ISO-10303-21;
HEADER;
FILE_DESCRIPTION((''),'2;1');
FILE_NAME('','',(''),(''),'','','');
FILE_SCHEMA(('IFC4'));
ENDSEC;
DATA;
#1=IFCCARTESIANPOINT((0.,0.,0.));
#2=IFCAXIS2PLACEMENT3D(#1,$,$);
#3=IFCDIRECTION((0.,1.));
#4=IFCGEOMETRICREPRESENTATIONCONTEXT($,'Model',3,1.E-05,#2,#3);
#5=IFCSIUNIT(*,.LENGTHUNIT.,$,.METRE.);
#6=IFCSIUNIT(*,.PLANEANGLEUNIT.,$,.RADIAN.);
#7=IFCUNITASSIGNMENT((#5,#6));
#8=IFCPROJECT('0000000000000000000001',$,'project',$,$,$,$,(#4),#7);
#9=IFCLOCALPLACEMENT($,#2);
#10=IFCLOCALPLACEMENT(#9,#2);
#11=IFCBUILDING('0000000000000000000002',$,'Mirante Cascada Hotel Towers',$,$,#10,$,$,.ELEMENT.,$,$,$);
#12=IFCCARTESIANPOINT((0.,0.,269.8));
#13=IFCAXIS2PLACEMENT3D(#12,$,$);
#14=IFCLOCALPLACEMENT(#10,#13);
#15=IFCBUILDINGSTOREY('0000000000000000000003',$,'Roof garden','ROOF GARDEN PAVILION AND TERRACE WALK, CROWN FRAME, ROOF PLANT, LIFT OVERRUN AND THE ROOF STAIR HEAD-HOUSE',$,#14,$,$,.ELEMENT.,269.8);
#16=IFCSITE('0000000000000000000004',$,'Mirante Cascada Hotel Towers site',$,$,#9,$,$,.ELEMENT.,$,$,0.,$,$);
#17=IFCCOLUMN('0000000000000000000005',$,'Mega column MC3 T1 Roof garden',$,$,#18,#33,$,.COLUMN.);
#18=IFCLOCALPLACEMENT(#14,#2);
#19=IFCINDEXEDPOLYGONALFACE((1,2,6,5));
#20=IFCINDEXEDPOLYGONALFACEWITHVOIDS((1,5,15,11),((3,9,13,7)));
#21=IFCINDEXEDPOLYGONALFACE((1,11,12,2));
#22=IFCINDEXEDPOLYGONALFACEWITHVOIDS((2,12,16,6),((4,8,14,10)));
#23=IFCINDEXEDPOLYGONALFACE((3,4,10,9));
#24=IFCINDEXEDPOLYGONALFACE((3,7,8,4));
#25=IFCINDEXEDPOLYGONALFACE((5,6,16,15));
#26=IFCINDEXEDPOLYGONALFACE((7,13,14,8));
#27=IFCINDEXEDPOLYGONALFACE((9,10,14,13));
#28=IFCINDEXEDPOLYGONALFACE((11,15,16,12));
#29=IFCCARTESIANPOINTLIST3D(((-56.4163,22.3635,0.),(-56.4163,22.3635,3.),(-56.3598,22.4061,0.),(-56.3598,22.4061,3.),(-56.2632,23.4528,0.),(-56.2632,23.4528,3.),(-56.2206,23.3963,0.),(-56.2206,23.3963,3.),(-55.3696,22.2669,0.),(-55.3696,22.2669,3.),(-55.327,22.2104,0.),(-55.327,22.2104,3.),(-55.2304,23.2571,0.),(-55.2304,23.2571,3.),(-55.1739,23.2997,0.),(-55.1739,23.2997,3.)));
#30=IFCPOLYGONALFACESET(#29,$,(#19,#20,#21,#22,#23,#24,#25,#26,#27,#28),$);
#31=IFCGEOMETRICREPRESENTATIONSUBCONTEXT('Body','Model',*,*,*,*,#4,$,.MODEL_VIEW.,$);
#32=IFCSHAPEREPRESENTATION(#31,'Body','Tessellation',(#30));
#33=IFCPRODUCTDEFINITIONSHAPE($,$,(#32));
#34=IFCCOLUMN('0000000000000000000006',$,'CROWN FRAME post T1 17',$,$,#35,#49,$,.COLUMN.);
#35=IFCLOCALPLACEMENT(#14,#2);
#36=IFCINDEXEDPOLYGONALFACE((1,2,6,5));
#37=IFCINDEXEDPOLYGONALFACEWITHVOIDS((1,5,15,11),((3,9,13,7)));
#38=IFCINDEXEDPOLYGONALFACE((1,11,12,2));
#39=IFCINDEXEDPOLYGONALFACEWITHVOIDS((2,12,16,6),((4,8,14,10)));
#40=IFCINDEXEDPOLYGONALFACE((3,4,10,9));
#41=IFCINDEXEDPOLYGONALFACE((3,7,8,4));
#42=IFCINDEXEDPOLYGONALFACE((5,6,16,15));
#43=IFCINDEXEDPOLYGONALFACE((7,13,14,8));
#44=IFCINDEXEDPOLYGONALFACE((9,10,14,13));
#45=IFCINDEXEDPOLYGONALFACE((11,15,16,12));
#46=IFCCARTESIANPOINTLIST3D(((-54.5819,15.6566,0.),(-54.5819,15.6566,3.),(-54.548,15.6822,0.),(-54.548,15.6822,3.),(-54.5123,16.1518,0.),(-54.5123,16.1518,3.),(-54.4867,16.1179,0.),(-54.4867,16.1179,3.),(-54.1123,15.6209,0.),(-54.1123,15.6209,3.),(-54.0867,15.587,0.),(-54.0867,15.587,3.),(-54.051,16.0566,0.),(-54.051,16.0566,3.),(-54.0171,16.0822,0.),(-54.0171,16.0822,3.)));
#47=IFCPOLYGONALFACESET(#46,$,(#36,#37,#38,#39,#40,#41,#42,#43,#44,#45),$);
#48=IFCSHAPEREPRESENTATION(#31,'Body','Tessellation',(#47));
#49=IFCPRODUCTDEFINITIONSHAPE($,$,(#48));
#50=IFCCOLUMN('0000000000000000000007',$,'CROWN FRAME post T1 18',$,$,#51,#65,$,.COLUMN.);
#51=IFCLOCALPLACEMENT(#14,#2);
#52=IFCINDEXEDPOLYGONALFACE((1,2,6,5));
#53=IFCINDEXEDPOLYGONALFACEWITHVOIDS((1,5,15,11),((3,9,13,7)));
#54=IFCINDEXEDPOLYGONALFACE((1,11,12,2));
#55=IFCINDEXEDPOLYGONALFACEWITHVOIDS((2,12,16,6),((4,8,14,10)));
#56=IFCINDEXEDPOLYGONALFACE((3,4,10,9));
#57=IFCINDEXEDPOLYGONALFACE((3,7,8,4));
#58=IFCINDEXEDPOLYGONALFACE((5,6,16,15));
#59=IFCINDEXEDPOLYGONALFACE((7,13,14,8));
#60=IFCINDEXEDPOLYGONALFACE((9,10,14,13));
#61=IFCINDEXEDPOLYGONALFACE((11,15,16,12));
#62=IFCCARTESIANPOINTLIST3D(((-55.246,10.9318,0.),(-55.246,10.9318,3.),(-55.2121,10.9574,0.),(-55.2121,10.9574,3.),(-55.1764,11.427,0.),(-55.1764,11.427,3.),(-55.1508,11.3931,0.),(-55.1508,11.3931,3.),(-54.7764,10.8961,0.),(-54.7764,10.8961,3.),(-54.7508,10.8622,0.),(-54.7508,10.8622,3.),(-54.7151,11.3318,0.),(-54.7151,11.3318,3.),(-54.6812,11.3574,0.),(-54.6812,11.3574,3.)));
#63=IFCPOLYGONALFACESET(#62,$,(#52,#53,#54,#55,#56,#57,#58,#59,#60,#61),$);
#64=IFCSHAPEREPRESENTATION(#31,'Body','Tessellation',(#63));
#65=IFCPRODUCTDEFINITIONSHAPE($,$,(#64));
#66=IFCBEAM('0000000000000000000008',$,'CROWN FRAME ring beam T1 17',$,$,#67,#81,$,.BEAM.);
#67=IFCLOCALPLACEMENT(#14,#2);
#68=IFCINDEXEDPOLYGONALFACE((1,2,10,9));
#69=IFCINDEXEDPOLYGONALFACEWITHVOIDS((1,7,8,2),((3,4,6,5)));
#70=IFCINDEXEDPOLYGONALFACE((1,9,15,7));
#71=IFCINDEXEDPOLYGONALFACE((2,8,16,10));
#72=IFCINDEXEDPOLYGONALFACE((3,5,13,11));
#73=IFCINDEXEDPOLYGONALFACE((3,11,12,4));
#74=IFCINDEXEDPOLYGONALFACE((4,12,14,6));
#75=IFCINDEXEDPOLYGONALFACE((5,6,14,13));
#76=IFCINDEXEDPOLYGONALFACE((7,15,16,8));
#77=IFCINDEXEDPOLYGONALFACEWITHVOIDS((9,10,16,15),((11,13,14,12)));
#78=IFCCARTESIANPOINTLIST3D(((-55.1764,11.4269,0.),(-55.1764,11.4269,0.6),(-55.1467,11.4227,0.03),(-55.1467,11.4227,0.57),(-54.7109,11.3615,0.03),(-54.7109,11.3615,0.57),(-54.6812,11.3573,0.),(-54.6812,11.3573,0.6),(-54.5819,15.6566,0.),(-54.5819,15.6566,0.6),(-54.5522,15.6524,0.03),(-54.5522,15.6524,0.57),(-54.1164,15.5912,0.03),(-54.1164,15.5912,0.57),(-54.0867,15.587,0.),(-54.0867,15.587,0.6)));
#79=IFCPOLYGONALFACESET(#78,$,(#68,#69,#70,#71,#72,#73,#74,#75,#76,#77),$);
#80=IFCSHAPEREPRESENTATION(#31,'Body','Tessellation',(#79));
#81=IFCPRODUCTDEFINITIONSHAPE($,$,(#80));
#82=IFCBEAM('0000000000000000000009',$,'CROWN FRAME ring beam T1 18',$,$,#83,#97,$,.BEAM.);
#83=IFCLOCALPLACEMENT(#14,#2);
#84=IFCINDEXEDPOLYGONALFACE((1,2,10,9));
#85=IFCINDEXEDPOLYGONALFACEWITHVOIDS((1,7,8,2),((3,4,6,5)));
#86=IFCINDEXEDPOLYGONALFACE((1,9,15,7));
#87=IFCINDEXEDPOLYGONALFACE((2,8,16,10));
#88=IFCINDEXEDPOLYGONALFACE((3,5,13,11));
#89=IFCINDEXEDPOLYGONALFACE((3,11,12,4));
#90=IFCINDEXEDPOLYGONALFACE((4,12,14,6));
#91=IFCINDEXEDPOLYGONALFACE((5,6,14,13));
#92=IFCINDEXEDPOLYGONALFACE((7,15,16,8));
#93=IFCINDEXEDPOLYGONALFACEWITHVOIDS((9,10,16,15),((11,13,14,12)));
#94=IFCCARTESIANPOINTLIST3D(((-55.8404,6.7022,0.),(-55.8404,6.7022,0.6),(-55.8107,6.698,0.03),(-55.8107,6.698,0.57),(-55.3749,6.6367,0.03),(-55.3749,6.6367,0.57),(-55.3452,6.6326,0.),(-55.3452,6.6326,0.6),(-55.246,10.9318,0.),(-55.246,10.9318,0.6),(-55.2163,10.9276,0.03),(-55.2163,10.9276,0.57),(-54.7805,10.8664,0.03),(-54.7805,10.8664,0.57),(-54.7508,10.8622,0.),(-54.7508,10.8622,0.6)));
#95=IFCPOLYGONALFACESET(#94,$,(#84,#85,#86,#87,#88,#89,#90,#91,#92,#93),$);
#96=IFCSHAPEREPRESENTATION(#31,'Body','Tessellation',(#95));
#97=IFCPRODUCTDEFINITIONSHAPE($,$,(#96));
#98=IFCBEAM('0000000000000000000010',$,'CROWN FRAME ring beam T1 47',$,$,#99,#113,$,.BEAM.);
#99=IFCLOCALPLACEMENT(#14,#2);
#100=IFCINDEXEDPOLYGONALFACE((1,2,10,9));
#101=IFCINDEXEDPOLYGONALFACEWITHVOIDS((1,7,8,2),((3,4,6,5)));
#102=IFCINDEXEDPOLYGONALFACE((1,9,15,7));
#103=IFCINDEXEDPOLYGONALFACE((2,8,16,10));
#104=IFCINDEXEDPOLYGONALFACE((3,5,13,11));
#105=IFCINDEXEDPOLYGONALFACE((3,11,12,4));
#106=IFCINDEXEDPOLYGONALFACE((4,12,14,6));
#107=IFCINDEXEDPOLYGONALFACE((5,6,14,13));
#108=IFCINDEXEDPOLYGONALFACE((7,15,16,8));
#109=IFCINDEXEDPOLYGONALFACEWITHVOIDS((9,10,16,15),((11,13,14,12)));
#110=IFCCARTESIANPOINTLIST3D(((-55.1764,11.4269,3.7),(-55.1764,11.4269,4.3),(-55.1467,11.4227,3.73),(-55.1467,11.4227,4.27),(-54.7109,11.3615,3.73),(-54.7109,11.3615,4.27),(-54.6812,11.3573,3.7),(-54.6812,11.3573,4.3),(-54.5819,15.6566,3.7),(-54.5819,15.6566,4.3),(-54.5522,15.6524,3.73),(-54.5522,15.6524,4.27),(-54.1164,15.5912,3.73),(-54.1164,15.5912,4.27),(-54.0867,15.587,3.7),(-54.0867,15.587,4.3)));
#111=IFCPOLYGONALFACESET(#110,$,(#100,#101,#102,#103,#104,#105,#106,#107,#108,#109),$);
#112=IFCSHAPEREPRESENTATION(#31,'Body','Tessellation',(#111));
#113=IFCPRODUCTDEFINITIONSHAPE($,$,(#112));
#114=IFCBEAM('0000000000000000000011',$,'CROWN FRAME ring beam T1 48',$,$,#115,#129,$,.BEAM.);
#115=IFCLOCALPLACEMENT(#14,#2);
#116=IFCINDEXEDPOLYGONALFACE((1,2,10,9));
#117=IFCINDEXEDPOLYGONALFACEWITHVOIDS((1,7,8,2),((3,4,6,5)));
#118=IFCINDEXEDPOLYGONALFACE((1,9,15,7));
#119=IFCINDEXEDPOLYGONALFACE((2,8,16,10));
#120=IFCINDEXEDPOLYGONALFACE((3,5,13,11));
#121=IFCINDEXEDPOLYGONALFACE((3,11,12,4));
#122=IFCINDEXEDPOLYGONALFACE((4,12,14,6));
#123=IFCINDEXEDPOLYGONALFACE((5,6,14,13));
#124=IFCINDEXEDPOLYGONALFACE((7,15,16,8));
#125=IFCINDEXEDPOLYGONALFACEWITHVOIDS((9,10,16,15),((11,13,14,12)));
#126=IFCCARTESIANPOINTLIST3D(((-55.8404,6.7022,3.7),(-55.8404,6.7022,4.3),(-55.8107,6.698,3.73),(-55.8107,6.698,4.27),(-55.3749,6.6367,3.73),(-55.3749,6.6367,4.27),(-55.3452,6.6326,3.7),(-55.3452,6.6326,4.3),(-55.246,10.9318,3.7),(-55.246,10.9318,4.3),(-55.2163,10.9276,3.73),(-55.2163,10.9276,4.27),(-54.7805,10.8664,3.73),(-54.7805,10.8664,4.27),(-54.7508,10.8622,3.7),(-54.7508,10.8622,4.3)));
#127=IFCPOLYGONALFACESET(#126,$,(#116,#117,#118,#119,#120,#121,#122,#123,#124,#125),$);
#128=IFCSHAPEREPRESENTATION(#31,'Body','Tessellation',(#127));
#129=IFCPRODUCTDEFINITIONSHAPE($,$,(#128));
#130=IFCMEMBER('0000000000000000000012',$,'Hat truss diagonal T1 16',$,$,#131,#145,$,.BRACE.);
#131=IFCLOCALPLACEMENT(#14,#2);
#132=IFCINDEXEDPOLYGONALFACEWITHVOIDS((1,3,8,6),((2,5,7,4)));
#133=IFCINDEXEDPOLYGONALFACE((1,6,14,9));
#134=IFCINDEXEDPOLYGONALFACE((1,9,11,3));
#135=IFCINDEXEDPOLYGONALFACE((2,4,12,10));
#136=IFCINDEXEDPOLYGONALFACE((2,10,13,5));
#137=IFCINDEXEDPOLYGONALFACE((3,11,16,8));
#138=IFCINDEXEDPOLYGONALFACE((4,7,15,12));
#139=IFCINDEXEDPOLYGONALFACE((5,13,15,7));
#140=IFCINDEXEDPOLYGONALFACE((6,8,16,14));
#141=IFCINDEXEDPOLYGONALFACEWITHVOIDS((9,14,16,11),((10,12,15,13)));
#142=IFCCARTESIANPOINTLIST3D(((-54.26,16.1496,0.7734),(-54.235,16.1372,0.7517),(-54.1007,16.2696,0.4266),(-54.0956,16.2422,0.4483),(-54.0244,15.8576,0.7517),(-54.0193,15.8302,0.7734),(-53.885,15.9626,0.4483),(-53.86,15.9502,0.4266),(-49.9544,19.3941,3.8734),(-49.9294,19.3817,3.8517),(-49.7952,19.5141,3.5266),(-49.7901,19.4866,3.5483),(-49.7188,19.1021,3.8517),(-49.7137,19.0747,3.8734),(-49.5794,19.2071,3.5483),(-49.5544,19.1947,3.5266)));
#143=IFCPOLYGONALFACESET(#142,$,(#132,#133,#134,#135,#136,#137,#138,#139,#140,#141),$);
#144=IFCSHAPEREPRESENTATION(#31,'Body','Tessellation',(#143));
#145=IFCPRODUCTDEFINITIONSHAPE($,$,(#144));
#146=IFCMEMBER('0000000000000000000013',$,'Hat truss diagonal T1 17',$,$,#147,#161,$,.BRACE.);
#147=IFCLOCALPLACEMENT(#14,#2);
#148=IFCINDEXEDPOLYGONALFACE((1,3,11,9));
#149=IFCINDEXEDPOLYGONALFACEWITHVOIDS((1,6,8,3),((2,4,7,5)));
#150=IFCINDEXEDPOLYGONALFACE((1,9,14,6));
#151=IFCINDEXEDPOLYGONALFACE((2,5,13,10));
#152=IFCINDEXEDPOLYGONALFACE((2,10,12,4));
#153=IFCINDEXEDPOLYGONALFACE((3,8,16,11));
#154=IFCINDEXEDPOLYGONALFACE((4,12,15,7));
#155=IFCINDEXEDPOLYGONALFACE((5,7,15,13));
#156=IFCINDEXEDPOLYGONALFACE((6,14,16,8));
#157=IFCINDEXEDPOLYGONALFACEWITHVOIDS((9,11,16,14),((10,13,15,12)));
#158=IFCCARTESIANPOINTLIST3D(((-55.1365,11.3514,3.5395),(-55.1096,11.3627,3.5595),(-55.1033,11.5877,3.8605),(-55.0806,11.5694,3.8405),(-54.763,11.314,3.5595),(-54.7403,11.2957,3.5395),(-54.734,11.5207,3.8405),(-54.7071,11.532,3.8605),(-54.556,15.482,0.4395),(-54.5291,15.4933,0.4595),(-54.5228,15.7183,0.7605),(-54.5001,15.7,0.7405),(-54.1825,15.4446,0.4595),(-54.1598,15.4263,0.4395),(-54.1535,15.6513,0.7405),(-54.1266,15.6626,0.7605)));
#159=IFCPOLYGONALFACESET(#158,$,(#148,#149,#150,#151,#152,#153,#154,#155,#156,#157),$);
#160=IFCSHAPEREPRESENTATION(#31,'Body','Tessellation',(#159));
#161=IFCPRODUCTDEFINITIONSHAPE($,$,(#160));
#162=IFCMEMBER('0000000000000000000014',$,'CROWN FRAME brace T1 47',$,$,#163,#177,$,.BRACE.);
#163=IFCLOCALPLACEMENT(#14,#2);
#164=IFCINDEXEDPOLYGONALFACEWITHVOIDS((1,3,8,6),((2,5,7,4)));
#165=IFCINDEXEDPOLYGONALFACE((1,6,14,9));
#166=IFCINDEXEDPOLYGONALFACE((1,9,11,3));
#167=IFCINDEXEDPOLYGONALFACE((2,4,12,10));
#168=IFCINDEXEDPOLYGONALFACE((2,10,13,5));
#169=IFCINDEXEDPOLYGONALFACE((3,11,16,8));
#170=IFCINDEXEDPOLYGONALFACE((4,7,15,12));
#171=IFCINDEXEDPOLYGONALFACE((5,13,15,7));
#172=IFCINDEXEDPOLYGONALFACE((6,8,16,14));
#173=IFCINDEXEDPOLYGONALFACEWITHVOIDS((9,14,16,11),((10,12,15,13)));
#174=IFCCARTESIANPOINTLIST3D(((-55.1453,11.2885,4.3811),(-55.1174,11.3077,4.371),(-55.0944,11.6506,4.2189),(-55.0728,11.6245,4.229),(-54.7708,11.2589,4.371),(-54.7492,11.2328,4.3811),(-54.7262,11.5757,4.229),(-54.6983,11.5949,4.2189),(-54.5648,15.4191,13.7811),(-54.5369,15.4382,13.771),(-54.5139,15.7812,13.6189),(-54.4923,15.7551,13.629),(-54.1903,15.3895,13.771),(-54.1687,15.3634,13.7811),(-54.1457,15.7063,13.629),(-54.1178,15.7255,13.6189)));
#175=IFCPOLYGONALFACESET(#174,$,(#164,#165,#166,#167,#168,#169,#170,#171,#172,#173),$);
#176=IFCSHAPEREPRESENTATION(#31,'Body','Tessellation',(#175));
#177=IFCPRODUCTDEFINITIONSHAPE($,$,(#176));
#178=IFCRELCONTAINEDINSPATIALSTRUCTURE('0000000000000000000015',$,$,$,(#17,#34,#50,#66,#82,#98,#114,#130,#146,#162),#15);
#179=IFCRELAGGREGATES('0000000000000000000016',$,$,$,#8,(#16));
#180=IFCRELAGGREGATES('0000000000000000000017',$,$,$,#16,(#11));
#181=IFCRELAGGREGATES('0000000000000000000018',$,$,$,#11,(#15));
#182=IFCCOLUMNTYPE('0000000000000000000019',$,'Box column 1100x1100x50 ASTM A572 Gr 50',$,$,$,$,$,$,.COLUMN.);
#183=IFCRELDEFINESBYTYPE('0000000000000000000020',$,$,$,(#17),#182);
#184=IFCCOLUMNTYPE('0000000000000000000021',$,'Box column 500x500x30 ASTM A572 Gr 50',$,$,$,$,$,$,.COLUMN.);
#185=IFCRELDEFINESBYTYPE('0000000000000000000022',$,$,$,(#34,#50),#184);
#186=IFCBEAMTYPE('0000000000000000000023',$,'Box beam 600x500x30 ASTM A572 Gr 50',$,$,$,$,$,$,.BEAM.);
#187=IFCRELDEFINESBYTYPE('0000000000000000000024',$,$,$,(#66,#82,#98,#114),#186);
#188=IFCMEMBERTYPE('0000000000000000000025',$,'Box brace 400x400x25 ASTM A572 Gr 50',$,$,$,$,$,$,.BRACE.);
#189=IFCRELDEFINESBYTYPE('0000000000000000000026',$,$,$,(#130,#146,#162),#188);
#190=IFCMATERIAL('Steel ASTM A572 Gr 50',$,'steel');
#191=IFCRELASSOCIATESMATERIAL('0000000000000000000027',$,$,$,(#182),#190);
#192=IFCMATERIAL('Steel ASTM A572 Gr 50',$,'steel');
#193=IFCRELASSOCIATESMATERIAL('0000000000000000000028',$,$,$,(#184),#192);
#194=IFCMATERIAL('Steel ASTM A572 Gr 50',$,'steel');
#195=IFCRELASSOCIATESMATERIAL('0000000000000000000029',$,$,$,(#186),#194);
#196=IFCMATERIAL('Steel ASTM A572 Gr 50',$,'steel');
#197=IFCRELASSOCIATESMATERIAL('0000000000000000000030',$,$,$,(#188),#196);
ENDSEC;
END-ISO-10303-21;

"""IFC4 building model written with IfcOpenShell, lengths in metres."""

from ifc_helpers import new_model, si_unit, direction, frame, origin, origin_2d, place, context, subcontext, project, spatial, hollow_rectangle, extrude, material, material_profile, profile_set, type_object, element, save


model = new_model("IFC4")

# Units and contexts
model_context = context("Model", 3, precision=1e-05, world=origin(), true_north=direction((0.0, 1.0)))
body_context = subcontext(model_context, "Body", "Model", "MODEL_VIEW")
ifc_project = project(units=[si_unit("LENGTHUNIT", "METRE"), si_unit("PLANEANGLEUNIT", "RADIAN")], contexts=[model_context])

# Site, building, storey
site_placement = place(None, origin())
site = spatial("IfcSite", under=ifc_project, at=site_placement, Name="Mirante Cascada Hotel Towers site", CompositionType="ELEMENT", RefElevation=0.0)
building_placement = place(site_placement, origin())
building = spatial("IfcBuilding", under=site, at=building_placement, Name="Mirante Cascada Hotel Towers", CompositionType="ELEMENT")
storey_placement = place(building_placement, frame((0.0, 0.0, 269.8)))
storey = spatial("IfcBuildingStorey", under=building, at=storey_placement, Name="Roof garden", Description="ROOF GARDEN PAVILION AND TERRACE WALK, CROWN FRAME, ROOF PLANT, LIFT OVERRUN AND THE ROOF STAIR HEAD-HOUSE", CompositionType="ELEMENT", Elevation=269.8)

# Columns
ifc_material_1 = material(Name="Steel ASTM A572 Gr 50", Category="steel")
ifc_material_profile_1 = material_profile(ifc_material_1, hollow_rectangle(XDim=1.1, YDim=1.1, WallThickness=0.05, at=origin_2d()), Name="Box column 1100x1100x50 ASTM A572 Gr 50")
ifc_profile_set_1 = profile_set([ifc_material_profile_1], Name="Steel ASTM A572 Gr 50")
column_type_1 = type_object("IfcColumnType", Name="Box column 1100x1100x50 ASTM A572 Gr 50", PredefinedType="COLUMN", material=ifc_profile_set_1)
column_placement = place(storey_placement, frame((-55.7951, 22.8316, 0.0), z_axis=(0.0, 0.0, 1.0), x_axis=(-0.990268, 0.139173, 0.0)))
element("IfcColumn", 1, at=column_placement, inside=storey, type_object=column_type_1, Name="Mega column MC3 T1 Roof garden", PredefinedType="COLUMN", context=body_context, shape_type="SweptSolid", body=[
    extrude(hollow_rectangle(XDim=1.1, YDim=1.1, WallThickness=0.05, at=origin_2d()), origin(), (0.0, 0.0, 1.0), 3.0),
])
ifc_material_2 = material(Name="Steel ASTM A572 Gr 50", Category="steel")
ifc_material_profile_2 = material_profile(ifc_material_2, hollow_rectangle(XDim=0.5, YDim=0.5, WallThickness=0.03, at=origin_2d()), Name="Box column 500x500x30 ASTM A572 Gr 50")
ifc_profile_set_2 = profile_set([ifc_material_profile_2], Name="Steel ASTM A572 Gr 50")
column_type_2 = type_object("IfcColumnType", Name="Box column 500x500x30 ASTM A572 Gr 50", PredefinedType="COLUMN", material=ifc_profile_set_2)
for number, where, z_axis, x_axis, name in (
    (2, (-54.2995, 15.8694, 0.0), (0.0, 0.0, 1.0), (-0.990268, 0.139173, 0.0), "CROWN FRAME post T1 17"),
    (3, (-54.9636, 11.1446, 0.0), (0.0, 0.0, 1.0), (-0.990268, 0.139173, 0.0), "CROWN FRAME post T1 18"),
):
    element("IfcColumn", number, at=place(storey_placement, frame(where, z_axis=z_axis, x_axis=x_axis)), inside=storey, type_object=column_type_2, Name=name, PredefinedType="COLUMN", context=body_context, shape_type="SweptSolid", body=[
        extrude(hollow_rectangle(XDim=0.5, YDim=0.5, WallThickness=0.03, at=origin_2d()), origin(), (0.0, 0.0, 1.0), 3.0),
    ])

# Beams
ifc_material_3 = material(Name="Steel ASTM A572 Gr 50", Category="steel")
ifc_material_profile_3 = material_profile(ifc_material_3, hollow_rectangle(XDim=0.5, YDim=0.6, WallThickness=0.03, at=origin_2d()), Name="Box beam 600x500x30 ASTM A572 Gr 50")
ifc_profile_set_3 = profile_set([ifc_material_profile_3], Name="Steel ASTM A572 Gr 50")
beam_type = type_object("IfcBeamType", Name="Box beam 600x500x30 ASTM A572 Gr 50", PredefinedType="BEAM", material=ifc_profile_set_3)
beam_1_placement = place(storey_placement, frame((-54.3343, 15.6218, 0.3), z_axis=(-0.139186, -0.990266, 0.0), x_axis=(0.990266, -0.139186, 0.0)))
element("IfcBeam", 4, at=beam_1_placement, inside=storey, type_object=beam_type, Name="CROWN FRAME ring beam T1 17", PredefinedType="BEAM", context=body_context, shape_type="SweptSolid", body=[
    extrude(hollow_rectangle(XDim=0.5, YDim=0.6, WallThickness=0.03, at=origin_2d()), origin(), (0.0, 0.0, 1.0), 4.2713),
])
beam_2_placement = place(storey_placement, frame((-54.9984, 10.897, 0.3), z_axis=(-0.139166, -0.990269, 0.0), x_axis=(0.990269, -0.139166, 0.0)))
element("IfcBeam", 5, at=beam_2_placement, inside=storey, type_object=beam_type, Name="CROWN FRAME ring beam T1 18", PredefinedType="BEAM", context=body_context, shape_type="SweptSolid", body=[
    extrude(hollow_rectangle(XDim=0.5, YDim=0.6, WallThickness=0.03, at=origin_2d()), origin(), (0.0, 0.0, 1.0), 4.2712),
])
beam_3_placement = place(storey_placement, frame((-54.3343, 15.6218, 4.0), z_axis=(-0.139186, -0.990266, 0.0), x_axis=(0.990266, -0.139186, 0.0)))
element("IfcBeam", 6, at=beam_3_placement, inside=storey, type_object=beam_type, Name="CROWN FRAME ring beam T1 47", PredefinedType="BEAM", context=body_context, shape_type="SweptSolid", body=[
    extrude(hollow_rectangle(XDim=0.5, YDim=0.6, WallThickness=0.03, at=origin_2d()), origin(), (0.0, 0.0, 1.0), 4.2713),
])
beam_4_placement = place(storey_placement, frame((-54.9984, 10.897, 4.0), z_axis=(-0.139166, -0.990269, 0.0), x_axis=(0.990269, -0.139166, 0.0)))
element("IfcBeam", 7, at=beam_4_placement, inside=storey, type_object=beam_type, Name="CROWN FRAME ring beam T1 48", PredefinedType="BEAM", context=body_context, shape_type="SweptSolid", body=[
    extrude(hollow_rectangle(XDim=0.5, YDim=0.6, WallThickness=0.03, at=origin_2d()), origin(), (0.0, 0.0, 1.0), 4.2712),
])

# Members
ifc_material_4 = material(Name="Steel ASTM A572 Gr 50", Category="steel")
ifc_material_profile_4 = material_profile(ifc_material_4, hollow_rectangle(XDim=0.4, YDim=0.4, WallThickness=0.025, at=origin_2d()), Name="Box brace 400x400x25 ASTM A572 Gr 50")
ifc_profile_set_4 = profile_set([ifc_material_profile_4], Name="Steel ASTM A572 Gr 50")
member_type_1 = type_object("IfcMemberType", Name="Box brace 400x400x25 ASTM A572 Gr 50", PredefinedType="BRACE", material=ifc_profile_set_4)
member_1_placement = place(storey_placement, frame((-54.06, 16.0499, 0.6), z_axis=(0.692339, 0.521714, 0.498479), x_axis=(-0.601815, 0.798636, 0.0)))
element("IfcMember", 8, at=member_1_placement, inside=storey, type_object=member_type_1, Name="Hat truss diagonal T1 16", PredefinedType="BRACE", context=body_context, shape_type="SweptSolid", body=[
    extrude(hollow_rectangle(XDim=0.4, YDim=0.4, WallThickness=0.025, at=origin_2d()), origin(), (0.0, 0.0, 1.0), 6.2189),
])
member_2_placement = place(storey_placement, frame((-54.3413, 15.5723, 0.6), z_axis=(-0.111699, -0.794804, 0.596498), x_axis=(0.990269, -0.139169, 0.0)))
element("IfcMember", 9, at=member_2_placement, inside=storey, type_object=member_type_1, Name="Hat truss diagonal T1 17", PredefinedType="BRACE", context=body_context, shape_type="SweptSolid", body=[
    extrude(hollow_rectangle(XDim=0.4, YDim=0.4, WallThickness=0.025, at=origin_2d()), origin(), (0.0, 0.0, 1.0), 5.197),
])
member_3_placement = place(storey_placement, frame((-54.9218, 11.4417, 4.3), z_axis=(0.056447, 0.401657, 0.914049), x_axis=(-0.990269, 0.139169, 0.0)))
element("IfcMember", 10, at=member_3_placement, inside=storey, type_object=member_type_1, Name="CROWN FRAME brace T1 47", PredefinedType="BRACE", context=body_context, shape_type="SweptSolid", body=[
    extrude(hollow_rectangle(XDim=0.4, YDim=0.4, WallThickness=0.025, at=origin_2d()), origin(), (0.0, 0.0, 1.0), 10.2839),
])

save(model, "model.ifc")
